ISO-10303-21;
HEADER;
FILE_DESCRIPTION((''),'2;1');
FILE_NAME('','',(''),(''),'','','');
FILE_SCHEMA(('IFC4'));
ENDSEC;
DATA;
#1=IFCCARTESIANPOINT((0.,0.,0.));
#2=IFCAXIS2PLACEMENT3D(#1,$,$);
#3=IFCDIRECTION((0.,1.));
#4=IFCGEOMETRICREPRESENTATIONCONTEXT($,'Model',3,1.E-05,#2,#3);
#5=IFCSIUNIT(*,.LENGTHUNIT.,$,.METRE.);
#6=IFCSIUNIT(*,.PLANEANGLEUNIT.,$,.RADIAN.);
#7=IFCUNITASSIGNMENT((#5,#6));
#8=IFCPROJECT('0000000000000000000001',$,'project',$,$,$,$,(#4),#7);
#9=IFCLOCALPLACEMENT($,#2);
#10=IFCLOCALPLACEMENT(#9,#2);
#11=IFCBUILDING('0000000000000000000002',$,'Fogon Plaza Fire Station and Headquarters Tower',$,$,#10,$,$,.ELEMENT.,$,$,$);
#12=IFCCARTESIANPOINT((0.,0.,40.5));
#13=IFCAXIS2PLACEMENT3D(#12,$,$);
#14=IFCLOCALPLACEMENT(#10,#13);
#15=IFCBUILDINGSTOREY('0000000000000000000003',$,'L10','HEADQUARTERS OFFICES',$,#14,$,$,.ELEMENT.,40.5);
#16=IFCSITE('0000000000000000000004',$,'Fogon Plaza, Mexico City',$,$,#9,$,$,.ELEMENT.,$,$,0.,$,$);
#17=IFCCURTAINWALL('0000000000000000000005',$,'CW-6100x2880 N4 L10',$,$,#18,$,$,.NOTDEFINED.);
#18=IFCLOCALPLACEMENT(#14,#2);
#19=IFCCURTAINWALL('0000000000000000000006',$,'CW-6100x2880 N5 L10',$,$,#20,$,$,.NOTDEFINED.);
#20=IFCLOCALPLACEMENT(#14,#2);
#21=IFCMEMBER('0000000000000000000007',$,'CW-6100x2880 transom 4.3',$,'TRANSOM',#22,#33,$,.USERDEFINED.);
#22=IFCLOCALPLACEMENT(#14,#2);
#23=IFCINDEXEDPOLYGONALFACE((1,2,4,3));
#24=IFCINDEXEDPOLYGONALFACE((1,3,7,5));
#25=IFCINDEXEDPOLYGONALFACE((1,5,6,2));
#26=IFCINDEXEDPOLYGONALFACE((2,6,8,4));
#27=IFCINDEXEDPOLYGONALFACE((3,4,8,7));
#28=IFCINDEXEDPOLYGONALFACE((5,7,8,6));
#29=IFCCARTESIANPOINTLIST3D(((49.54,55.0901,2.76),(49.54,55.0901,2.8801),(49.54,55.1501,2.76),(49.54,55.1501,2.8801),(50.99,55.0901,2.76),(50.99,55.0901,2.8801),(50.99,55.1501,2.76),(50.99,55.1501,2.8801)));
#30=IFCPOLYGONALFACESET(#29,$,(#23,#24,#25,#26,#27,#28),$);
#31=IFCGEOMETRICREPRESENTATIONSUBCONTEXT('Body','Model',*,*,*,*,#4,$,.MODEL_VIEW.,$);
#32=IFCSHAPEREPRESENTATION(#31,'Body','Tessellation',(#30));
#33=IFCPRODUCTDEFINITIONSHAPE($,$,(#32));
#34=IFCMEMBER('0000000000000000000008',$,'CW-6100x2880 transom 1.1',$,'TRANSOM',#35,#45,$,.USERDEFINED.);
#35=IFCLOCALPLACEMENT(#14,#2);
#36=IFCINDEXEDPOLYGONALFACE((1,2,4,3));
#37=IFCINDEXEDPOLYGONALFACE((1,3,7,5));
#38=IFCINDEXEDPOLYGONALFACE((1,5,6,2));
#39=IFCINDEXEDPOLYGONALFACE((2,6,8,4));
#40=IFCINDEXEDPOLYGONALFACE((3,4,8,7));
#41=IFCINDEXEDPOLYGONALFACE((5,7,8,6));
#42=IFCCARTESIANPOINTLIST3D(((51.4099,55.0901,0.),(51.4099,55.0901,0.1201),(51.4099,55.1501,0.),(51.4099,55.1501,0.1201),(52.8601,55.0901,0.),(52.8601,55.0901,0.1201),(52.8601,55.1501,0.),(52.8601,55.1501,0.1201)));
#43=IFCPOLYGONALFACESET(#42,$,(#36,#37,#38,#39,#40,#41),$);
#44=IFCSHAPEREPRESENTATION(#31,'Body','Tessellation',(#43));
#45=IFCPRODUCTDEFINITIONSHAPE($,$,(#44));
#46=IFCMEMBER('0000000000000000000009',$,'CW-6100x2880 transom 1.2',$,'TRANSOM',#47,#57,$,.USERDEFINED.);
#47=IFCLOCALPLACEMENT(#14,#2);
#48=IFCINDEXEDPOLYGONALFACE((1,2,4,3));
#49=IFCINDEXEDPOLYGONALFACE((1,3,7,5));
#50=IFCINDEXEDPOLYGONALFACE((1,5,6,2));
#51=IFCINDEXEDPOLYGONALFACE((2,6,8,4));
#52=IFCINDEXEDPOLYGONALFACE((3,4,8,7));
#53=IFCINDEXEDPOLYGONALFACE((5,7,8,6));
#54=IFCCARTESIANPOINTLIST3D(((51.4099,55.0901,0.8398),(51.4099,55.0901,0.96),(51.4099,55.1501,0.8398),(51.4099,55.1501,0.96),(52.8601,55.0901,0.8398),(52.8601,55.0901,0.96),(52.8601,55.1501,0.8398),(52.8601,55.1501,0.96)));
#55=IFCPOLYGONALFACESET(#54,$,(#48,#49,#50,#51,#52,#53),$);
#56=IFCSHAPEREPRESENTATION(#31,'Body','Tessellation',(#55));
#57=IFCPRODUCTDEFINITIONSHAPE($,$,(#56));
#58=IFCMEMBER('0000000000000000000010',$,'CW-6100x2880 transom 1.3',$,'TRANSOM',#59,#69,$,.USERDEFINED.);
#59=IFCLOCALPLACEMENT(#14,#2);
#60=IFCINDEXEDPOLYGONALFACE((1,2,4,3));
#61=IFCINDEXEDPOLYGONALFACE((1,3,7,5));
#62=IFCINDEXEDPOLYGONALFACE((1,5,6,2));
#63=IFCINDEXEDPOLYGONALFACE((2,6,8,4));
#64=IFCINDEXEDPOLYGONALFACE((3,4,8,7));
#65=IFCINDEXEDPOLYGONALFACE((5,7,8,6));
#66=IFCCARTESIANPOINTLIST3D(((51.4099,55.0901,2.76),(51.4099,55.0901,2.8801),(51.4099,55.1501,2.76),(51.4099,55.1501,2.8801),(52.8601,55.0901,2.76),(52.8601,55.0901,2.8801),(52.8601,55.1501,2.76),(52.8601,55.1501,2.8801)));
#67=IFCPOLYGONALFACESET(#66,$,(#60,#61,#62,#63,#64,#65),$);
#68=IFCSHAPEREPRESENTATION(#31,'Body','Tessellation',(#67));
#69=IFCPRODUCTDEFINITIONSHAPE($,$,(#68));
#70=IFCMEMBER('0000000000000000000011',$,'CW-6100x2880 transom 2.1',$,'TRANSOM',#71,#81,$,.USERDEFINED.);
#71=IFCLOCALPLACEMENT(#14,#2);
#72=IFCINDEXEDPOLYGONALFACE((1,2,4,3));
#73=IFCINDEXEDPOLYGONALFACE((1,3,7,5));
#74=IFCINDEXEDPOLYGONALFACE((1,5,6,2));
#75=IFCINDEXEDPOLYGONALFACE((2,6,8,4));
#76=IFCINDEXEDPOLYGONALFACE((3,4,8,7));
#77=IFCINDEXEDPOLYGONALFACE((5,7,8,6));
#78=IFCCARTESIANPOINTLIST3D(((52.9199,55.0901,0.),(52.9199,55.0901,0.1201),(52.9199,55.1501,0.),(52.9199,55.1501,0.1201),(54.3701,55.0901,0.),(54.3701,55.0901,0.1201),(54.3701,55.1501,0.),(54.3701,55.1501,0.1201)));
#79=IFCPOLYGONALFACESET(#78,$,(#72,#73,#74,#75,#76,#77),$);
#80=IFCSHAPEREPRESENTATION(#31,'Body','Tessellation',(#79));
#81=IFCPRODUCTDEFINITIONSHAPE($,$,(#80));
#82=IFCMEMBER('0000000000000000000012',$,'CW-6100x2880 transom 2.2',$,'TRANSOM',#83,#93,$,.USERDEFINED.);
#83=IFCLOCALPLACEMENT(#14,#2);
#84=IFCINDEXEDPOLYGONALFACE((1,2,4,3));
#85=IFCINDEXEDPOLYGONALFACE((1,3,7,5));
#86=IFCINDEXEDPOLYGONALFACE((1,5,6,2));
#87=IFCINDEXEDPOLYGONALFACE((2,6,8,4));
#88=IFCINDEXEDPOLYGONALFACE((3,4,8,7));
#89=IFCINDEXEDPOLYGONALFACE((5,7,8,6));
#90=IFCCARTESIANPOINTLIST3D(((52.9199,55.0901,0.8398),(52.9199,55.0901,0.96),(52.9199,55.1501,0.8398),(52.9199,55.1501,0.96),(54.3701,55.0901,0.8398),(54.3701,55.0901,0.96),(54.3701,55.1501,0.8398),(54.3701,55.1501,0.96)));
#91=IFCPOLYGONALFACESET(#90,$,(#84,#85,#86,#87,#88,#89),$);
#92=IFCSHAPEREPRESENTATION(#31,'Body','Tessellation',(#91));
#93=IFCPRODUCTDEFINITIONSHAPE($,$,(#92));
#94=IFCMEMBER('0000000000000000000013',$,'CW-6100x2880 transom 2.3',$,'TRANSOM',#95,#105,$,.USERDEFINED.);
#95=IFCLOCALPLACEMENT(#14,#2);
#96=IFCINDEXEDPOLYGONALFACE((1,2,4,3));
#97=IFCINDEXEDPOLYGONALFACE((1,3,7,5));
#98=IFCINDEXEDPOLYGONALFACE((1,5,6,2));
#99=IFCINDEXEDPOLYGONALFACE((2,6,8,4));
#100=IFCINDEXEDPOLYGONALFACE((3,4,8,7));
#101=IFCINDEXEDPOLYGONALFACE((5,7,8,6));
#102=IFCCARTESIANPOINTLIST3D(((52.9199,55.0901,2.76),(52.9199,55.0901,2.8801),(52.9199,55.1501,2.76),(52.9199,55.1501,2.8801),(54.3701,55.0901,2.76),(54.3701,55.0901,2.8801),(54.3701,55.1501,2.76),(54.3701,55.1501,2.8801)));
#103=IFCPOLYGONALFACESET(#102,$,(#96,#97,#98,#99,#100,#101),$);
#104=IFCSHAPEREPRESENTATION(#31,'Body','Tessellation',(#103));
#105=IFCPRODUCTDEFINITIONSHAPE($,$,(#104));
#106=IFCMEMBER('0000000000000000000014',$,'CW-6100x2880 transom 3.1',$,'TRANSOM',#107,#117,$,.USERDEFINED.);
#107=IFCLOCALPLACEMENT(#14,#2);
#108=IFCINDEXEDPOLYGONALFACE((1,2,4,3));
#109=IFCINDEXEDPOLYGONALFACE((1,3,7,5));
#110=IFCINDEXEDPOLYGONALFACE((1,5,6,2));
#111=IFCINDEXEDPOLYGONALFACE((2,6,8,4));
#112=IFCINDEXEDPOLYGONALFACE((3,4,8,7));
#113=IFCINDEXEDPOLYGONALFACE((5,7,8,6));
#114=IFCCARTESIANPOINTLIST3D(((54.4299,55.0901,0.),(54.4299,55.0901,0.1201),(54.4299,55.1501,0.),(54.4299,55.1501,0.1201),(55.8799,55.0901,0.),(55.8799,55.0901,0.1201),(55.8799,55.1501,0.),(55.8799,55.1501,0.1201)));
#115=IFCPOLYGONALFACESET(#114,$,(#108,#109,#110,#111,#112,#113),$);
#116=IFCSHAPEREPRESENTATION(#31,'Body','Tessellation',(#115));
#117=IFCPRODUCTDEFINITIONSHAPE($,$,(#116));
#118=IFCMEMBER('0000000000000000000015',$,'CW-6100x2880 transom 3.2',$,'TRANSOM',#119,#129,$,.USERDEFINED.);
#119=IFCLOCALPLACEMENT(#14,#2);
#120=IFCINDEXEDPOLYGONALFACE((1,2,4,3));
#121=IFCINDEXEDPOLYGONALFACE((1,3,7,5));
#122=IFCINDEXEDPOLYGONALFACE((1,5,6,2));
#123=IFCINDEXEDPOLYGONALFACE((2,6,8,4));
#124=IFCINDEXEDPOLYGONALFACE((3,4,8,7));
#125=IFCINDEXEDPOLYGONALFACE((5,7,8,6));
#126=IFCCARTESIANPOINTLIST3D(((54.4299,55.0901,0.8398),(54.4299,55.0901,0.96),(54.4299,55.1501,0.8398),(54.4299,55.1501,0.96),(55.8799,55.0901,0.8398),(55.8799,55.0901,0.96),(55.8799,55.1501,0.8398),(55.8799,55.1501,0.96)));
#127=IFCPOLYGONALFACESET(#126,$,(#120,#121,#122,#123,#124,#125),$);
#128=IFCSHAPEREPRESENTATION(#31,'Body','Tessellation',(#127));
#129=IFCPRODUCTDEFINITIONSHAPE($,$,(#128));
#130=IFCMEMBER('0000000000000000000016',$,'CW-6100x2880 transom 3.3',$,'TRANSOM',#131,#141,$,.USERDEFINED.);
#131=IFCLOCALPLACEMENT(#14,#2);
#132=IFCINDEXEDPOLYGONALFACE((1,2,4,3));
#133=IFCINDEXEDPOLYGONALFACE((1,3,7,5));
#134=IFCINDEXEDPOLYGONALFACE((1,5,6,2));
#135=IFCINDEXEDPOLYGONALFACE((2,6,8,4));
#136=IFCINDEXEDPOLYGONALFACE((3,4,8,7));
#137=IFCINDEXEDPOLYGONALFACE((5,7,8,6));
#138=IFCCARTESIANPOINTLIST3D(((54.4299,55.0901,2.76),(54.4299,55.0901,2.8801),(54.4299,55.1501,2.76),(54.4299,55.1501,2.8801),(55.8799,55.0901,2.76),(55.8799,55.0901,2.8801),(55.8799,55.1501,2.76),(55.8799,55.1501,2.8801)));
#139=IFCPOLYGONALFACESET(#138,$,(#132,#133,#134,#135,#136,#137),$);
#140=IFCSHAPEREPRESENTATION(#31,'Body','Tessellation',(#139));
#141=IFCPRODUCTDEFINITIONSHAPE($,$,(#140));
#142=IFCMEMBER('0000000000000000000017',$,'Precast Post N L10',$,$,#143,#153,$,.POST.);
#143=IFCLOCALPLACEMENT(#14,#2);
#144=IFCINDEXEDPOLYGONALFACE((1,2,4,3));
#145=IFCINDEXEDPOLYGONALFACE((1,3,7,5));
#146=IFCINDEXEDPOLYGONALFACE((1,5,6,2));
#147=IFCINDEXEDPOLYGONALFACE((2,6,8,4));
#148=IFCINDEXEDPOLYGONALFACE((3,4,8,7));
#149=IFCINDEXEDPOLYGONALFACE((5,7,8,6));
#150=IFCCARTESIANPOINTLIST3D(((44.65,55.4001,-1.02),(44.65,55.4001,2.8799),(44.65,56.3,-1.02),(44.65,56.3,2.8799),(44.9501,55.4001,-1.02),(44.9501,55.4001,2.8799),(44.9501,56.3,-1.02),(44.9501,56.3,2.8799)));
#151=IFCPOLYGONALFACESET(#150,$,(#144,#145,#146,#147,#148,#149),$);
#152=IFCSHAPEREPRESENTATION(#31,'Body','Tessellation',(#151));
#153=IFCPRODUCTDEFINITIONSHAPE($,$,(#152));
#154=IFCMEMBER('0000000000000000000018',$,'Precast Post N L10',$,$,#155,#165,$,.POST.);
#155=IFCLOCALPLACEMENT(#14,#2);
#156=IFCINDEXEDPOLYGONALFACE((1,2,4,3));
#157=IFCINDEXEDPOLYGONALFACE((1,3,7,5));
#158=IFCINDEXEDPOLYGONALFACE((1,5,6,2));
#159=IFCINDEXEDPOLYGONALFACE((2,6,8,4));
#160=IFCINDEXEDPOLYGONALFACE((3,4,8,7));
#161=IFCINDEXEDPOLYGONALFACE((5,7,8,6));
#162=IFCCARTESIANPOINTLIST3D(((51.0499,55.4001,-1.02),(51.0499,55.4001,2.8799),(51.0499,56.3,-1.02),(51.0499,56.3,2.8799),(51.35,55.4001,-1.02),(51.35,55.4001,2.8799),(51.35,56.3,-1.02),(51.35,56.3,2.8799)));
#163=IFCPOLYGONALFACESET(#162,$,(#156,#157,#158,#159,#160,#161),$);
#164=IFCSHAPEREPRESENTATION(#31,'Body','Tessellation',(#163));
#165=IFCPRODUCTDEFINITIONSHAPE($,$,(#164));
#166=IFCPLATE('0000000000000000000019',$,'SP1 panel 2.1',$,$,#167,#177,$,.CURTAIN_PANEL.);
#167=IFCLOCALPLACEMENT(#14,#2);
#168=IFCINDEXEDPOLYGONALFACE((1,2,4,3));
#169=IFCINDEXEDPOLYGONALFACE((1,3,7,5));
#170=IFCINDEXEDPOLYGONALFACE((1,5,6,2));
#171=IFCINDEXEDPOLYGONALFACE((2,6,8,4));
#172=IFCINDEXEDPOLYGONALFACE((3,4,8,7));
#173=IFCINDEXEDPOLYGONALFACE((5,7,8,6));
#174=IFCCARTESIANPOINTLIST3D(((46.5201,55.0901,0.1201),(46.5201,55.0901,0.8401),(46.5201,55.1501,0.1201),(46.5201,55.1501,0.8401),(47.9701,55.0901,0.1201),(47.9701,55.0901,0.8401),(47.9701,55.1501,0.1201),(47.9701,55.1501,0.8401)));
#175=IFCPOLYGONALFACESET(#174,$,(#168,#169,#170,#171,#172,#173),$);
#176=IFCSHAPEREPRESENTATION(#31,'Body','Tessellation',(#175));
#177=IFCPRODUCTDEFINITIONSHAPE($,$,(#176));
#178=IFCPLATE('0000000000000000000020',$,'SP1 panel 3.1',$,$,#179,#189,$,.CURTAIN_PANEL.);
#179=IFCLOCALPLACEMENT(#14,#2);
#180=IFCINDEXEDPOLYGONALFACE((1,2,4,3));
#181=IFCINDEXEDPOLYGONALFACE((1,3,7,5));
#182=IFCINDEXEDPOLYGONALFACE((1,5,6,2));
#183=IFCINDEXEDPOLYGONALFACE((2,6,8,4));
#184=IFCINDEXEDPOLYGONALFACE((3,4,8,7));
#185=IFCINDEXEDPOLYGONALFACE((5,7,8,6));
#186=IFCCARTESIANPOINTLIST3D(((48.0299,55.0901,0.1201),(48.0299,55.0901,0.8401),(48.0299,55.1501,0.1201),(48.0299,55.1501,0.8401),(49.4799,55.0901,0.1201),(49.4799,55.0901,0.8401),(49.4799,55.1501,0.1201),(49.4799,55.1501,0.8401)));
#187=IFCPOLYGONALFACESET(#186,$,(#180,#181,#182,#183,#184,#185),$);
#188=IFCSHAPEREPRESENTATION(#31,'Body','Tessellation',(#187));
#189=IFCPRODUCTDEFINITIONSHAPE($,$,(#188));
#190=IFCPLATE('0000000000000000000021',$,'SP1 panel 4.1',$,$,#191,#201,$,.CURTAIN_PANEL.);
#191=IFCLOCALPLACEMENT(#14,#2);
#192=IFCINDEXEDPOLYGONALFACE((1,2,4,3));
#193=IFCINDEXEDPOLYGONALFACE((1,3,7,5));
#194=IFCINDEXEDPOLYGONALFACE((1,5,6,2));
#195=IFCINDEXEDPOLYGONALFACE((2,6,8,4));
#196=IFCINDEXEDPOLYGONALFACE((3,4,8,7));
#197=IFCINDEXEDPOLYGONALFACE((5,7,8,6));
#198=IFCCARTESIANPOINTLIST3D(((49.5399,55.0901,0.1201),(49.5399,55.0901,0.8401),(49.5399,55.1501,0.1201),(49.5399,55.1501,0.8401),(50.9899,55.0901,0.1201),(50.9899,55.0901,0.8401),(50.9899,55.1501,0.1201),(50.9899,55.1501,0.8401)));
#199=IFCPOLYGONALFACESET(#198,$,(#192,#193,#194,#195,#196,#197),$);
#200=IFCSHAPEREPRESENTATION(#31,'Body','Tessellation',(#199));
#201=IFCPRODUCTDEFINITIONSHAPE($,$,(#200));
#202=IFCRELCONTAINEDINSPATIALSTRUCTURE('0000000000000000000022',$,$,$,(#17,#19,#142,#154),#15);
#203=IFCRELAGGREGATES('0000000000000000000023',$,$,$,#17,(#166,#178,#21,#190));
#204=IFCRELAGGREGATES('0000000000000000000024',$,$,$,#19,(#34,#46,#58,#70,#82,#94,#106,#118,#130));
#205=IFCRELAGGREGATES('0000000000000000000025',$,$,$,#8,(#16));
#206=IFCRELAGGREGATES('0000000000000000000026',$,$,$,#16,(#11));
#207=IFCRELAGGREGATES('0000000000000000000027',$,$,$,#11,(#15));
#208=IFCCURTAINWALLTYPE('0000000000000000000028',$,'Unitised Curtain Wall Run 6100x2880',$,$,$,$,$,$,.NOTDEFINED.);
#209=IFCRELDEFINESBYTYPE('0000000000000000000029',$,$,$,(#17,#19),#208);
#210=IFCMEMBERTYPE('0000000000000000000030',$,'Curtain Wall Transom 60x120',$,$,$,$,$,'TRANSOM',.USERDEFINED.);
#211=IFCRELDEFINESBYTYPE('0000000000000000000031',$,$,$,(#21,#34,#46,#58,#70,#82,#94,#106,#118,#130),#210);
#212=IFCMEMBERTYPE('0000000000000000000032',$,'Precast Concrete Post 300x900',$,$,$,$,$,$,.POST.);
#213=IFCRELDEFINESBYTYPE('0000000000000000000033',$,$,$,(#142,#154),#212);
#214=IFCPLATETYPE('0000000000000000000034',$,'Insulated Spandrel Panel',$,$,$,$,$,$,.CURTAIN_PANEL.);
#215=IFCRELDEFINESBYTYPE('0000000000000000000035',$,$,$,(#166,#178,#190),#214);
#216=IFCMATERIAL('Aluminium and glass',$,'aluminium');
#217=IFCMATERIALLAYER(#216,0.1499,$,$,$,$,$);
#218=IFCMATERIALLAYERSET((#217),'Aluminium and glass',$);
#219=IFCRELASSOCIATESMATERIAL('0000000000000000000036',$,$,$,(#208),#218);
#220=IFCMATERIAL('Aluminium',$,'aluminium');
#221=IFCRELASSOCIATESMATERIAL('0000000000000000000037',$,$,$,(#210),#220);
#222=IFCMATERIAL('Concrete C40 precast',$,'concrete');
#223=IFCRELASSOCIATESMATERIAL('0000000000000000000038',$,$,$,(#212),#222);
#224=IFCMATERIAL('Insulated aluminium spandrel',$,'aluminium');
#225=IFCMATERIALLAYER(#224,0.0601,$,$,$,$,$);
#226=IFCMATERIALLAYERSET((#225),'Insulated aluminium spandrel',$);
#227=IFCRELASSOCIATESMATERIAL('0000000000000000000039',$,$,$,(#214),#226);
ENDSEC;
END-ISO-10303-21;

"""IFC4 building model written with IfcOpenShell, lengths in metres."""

from ifc_helpers import new_model, si_unit, direction, frame, origin, origin_2d, place, context, subcontext, project, spatial, rectangle, extrude, material, layer, layer_set, material_profile, profile_set, type_object, element, aggregate, save


model = new_model("IFC4")

# Units and contexts
model_context = context("Model", 3, precision=1e-05, world=origin(), true_north=direction((0.0, 1.0)))
body_context = subcontext(model_context, "Body", "Model", "MODEL_VIEW")
ifc_project = project(units=[si_unit("LENGTHUNIT", "METRE"), si_unit("PLANEANGLEUNIT", "RADIAN")], contexts=[model_context])

# Site, building, storey
site_placement = place(None, origin())
site = spatial("IfcSite", under=ifc_project, at=site_placement, Name="Fogon Plaza, Mexico City", CompositionType="ELEMENT", RefElevation=0.0)
building_placement = place(site_placement, origin())
building = spatial("IfcBuilding", under=site, at=building_placement, Name="Fogon Plaza Fire Station and Headquarters Tower", CompositionType="ELEMENT")
storey_placement = place(building_placement, frame((0.0, 0.0, 40.5)))
storey = spatial("IfcBuildingStorey", under=building, at=storey_placement, Name="L10", Description="HEADQUARTERS OFFICES", CompositionType="ELEMENT", Elevation=40.5)

# Curtain walls
ifc_material_1 = material(Name="Aluminium and glass", Category="aluminium")
ifc_layer_1 = layer(ifc_material_1, 0.1499)
ifc_layer_set_1 = layer_set([ifc_layer_1], Name="Aluminium and glass")
curtain_wall_type = type_object("IfcCurtainWallType", Name="Unitised Curtain Wall Run 6100x2880", PredefinedType="NOTDEFINED", material=ifc_layer_set_1)
curtain_wall_1_placement = place(storey_placement, origin())
curtain_wall_1 = element("IfcCurtainWall", 1, at=curtain_wall_1_placement, inside=storey, type_object=curtain_wall_type, Name="CW-6100x2880 N4 L10", PredefinedType="NOTDEFINED")
curtain_wall_2_placement = place(storey_placement, origin())
curtain_wall_2 = element("IfcCurtainWall", 2, at=curtain_wall_2_placement, inside=storey, type_object=curtain_wall_type, Name="CW-6100x2880 N5 L10", PredefinedType="NOTDEFINED")

# Members
ifc_material_2 = material(Name="Aluminium", Category="aluminium")
ifc_material_profile_1 = material_profile(ifc_material_2, rectangle(XDim=0.0601, YDim=0.1201, at=origin_2d()), Name="Curtain Wall Transom 60x120")
ifc_profile_set_1 = profile_set([ifc_material_profile_1], Name="Aluminium")
member_type_1 = type_object("IfcMemberType", Name="Curtain Wall Transom 60x120", ElementType="TRANSOM", PredefinedType="USERDEFINED", material=ifc_profile_set_1)
member_1_placement = place(storey_placement, frame((49.54, 55.1201, 2.8201), z_axis=(1.0, 0.0, 0.0), x_axis=(0.0, 1.0, 0.0)))
member_1 = element("IfcMember", 3, at=member_1_placement, type_object=member_type_1, Name="CW-6100x2880 transom 4.3", ObjectType="TRANSOM", PredefinedType="USERDEFINED", context=body_context, shape_type="SweptSolid", body=[
    extrude(rectangle(XDim=0.0601, YDim=0.1201, at=origin_2d()), origin(), (0.0, 0.0, 1.0), 1.45),
])
member_2_placement = place(storey_placement, frame((51.4099, 55.1201, 0.0601), z_axis=(1.0, 0.0, 0.0), x_axis=(0.0, 1.0, 0.0)))
member_2 = element("IfcMember", 4, at=member_2_placement, type_object=member_type_1, Name="CW-6100x2880 transom 1.1", ObjectType="TRANSOM", PredefinedType="USERDEFINED", context=body_context, shape_type="SweptSolid", body=[
    extrude(rectangle(XDim=0.0601, YDim=0.1201, at=origin_2d()), origin(), (0.0, 0.0, 1.0), 1.4502),
])
member_3_placement = place(storey_placement, frame((51.4099, 55.1201, 0.8999), z_axis=(1.0, 0.0, 0.0), x_axis=(0.0, 1.0, 0.0)))
member_3 = element("IfcMember", 5, at=member_3_placement, type_object=member_type_1, Name="CW-6100x2880 transom 1.2", ObjectType="TRANSOM", PredefinedType="USERDEFINED", context=body_context, shape_type="SweptSolid", body=[
    extrude(rectangle(XDim=0.0601, YDim=0.1201, at=origin_2d()), origin(), (0.0, 0.0, 1.0), 1.4502),
])
member_4_placement = place(storey_placement, frame((51.4099, 55.1201, 2.8201), z_axis=(1.0, 0.0, 0.0), x_axis=(0.0, 1.0, 0.0)))
member_4 = element("IfcMember", 6, at=member_4_placement, type_object=member_type_1, Name="CW-6100x2880 transom 1.3", ObjectType="TRANSOM", PredefinedType="USERDEFINED", context=body_context, shape_type="SweptSolid", body=[
    extrude(rectangle(XDim=0.0601, YDim=0.1201, at=origin_2d()), origin(), (0.0, 0.0, 1.0), 1.4502),
])
member_5_placement = place(storey_placement, frame((52.9199, 55.1201, 0.0601), z_axis=(1.0, 0.0, 0.0), x_axis=(0.0, 1.0, 0.0)))
member_5 = element("IfcMember", 7, at=member_5_placement, type_object=member_type_1, Name="CW-6100x2880 transom 2.1", ObjectType="TRANSOM", PredefinedType="USERDEFINED", context=body_context, shape_type="SweptSolid", body=[
    extrude(rectangle(XDim=0.0601, YDim=0.1201, at=origin_2d()), origin(), (0.0, 0.0, 1.0), 1.4502),
])
member_6_placement = place(storey_placement, frame((52.9199, 55.1201, 0.8999), z_axis=(1.0, 0.0, 0.0), x_axis=(0.0, 1.0, 0.0)))
member_6 = element("IfcMember", 8, at=member_6_placement, type_object=member_type_1, Name="CW-6100x2880 transom 2.2", ObjectType="TRANSOM", PredefinedType="USERDEFINED", context=body_context, shape_type="SweptSolid", body=[
    extrude(rectangle(XDim=0.0601, YDim=0.1201, at=origin_2d()), origin(), (0.0, 0.0, 1.0), 1.4502),
])
member_7_placement = place(storey_placement, frame((52.9199, 55.1201, 2.8201), z_axis=(1.0, 0.0, 0.0), x_axis=(0.0, 1.0, 0.0)))
member_7 = element("IfcMember", 9, at=member_7_placement, type_object=member_type_1, Name="CW-6100x2880 transom 2.3", ObjectType="TRANSOM", PredefinedType="USERDEFINED", context=body_context, shape_type="SweptSolid", body=[
    extrude(rectangle(XDim=0.0601, YDim=0.1201, at=origin_2d()), origin(), (0.0, 0.0, 1.0), 1.4502),
])
member_8_placement = place(storey_placement, frame((54.4299, 55.1201, 0.0601), z_axis=(1.0, 0.0, 0.0), x_axis=(0.0, 1.0, 0.0)))
member_8 = element("IfcMember", 10, at=member_8_placement, type_object=member_type_1, Name="CW-6100x2880 transom 3.1", ObjectType="TRANSOM", PredefinedType="USERDEFINED", context=body_context, shape_type="SweptSolid", body=[
    extrude(rectangle(XDim=0.0601, YDim=0.1201, at=origin_2d()), origin(), (0.0, 0.0, 1.0), 1.45),
])
member_9_placement = place(storey_placement, frame((54.4299, 55.1201, 0.8999), z_axis=(1.0, 0.0, 0.0), x_axis=(0.0, 1.0, 0.0)))
member_9 = element("IfcMember", 11, at=member_9_placement, type_object=member_type_1, Name="CW-6100x2880 transom 3.2", ObjectType="TRANSOM", PredefinedType="USERDEFINED", context=body_context, shape_type="SweptSolid", body=[
    extrude(rectangle(XDim=0.0601, YDim=0.1201, at=origin_2d()), origin(), (0.0, 0.0, 1.0), 1.45),
])
member_10_placement = place(storey_placement, frame((54.4299, 55.1201, 2.8201), z_axis=(1.0, 0.0, 0.0), x_axis=(0.0, 1.0, 0.0)))
member_10 = element("IfcMember", 12, at=member_10_placement, type_object=member_type_1, Name="CW-6100x2880 transom 3.3", ObjectType="TRANSOM", PredefinedType="USERDEFINED", context=body_context, shape_type="SweptSolid", body=[
    extrude(rectangle(XDim=0.0601, YDim=0.1201, at=origin_2d()), origin(), (0.0, 0.0, 1.0), 1.45),
])

# Members
ifc_material_3 = material(Name="Concrete C40 precast", Category="concrete")
ifc_material_profile_2 = material_profile(ifc_material_3, rectangle(XDim=0.3, YDim=0.8999, at=origin_2d()), Name="Precast Concrete Post 300x900")
ifc_profile_set_2 = profile_set([ifc_material_profile_2], Name="Concrete C40 precast")
member_type_2 = type_object("IfcMemberType", Name="Precast Concrete Post 300x900", PredefinedType="POST", material=ifc_profile_set_2)
for number, where, z_axis, x_axis, name in (
    (13, (44.8, 55.8501, -1.02), (0.0, 0.0, 1.0), (1.0, 0.0, 0.0), "Precast Post N L10"),
    (14, (51.2, 55.8501, -1.02), (0.0, 0.0, 1.0), (1.0, 0.0, 0.0), "Precast Post N L10"),
):
    element("IfcMember", number, at=place(storey_placement, frame(where, z_axis=z_axis, x_axis=x_axis)), inside=storey, type_object=member_type_2, Name=name, PredefinedType="POST", context=body_context, shape_type="SweptSolid", body=[
        extrude(rectangle(XDim=0.3, YDim=0.8999, at=origin_2d()), origin(), (0.0, 0.0, 1.0), 3.8999),
    ])

# Plates
ifc_material_4 = material(Name="Insulated aluminium spandrel", Category="aluminium")
ifc_layer_2 = layer(ifc_material_4, 0.0601)
ifc_layer_set_2 = layer_set([ifc_layer_2], Name="Insulated aluminium spandrel")
plate_type_1 = type_object("IfcPlateType", Name="Insulated Spandrel Panel", PredefinedType="CURTAIN_PANEL", material=ifc_layer_set_2)
plate_1_placement = place(storey_placement, frame((47.2451, 55.1201, 0.1201), z_axis=(0.0, 0.0, 1.0), x_axis=(1.0, 0.0, 0.0)))
plate_1 = element("IfcPlate", 15, at=plate_1_placement, type_object=plate_type_1, Name="SP1 panel 2.1", PredefinedType="CURTAIN_PANEL", context=body_context, shape_type="SweptSolid", body=[
    extrude(rectangle(XDim=1.45, YDim=0.0601, at=origin_2d()), origin(), (0.0, 0.0, 1.0), 0.72),
])
plate_2_placement = place(storey_placement, frame((48.7549, 55.1201, 0.1201), z_axis=(0.0, 0.0, 1.0), x_axis=(1.0, 0.0, 0.0)))
plate_2 = element("IfcPlate", 16, at=plate_2_placement, type_object=plate_type_1, Name="SP1 panel 3.1", PredefinedType="CURTAIN_PANEL", context=body_context, shape_type="SweptSolid", body=[
    extrude(rectangle(XDim=1.45, YDim=0.0601, at=origin_2d()), origin(), (0.0, 0.0, 1.0), 0.72),
])
plate_3_placement = place(storey_placement, frame((50.2649, 55.1201, 0.1201), z_axis=(0.0, 0.0, 1.0), x_axis=(1.0, 0.0, 0.0)))
plate_3 = element("IfcPlate", 17, at=plate_3_placement, type_object=plate_type_1, Name="SP1 panel 4.1", PredefinedType="CURTAIN_PANEL", context=body_context, shape_type="SweptSolid", body=[
    extrude(rectangle(XDim=1.45, YDim=0.0601, at=origin_2d()), origin(), (0.0, 0.0, 1.0), 0.72),
])
aggregate(curtain_wall_1, [plate_1, plate_2, member_1, plate_3])
aggregate(curtain_wall_2, [member_2, member_3, member_4, member_5, member_6, member_7, member_8, member_9, member_10])

save(model, "model.ifc")
